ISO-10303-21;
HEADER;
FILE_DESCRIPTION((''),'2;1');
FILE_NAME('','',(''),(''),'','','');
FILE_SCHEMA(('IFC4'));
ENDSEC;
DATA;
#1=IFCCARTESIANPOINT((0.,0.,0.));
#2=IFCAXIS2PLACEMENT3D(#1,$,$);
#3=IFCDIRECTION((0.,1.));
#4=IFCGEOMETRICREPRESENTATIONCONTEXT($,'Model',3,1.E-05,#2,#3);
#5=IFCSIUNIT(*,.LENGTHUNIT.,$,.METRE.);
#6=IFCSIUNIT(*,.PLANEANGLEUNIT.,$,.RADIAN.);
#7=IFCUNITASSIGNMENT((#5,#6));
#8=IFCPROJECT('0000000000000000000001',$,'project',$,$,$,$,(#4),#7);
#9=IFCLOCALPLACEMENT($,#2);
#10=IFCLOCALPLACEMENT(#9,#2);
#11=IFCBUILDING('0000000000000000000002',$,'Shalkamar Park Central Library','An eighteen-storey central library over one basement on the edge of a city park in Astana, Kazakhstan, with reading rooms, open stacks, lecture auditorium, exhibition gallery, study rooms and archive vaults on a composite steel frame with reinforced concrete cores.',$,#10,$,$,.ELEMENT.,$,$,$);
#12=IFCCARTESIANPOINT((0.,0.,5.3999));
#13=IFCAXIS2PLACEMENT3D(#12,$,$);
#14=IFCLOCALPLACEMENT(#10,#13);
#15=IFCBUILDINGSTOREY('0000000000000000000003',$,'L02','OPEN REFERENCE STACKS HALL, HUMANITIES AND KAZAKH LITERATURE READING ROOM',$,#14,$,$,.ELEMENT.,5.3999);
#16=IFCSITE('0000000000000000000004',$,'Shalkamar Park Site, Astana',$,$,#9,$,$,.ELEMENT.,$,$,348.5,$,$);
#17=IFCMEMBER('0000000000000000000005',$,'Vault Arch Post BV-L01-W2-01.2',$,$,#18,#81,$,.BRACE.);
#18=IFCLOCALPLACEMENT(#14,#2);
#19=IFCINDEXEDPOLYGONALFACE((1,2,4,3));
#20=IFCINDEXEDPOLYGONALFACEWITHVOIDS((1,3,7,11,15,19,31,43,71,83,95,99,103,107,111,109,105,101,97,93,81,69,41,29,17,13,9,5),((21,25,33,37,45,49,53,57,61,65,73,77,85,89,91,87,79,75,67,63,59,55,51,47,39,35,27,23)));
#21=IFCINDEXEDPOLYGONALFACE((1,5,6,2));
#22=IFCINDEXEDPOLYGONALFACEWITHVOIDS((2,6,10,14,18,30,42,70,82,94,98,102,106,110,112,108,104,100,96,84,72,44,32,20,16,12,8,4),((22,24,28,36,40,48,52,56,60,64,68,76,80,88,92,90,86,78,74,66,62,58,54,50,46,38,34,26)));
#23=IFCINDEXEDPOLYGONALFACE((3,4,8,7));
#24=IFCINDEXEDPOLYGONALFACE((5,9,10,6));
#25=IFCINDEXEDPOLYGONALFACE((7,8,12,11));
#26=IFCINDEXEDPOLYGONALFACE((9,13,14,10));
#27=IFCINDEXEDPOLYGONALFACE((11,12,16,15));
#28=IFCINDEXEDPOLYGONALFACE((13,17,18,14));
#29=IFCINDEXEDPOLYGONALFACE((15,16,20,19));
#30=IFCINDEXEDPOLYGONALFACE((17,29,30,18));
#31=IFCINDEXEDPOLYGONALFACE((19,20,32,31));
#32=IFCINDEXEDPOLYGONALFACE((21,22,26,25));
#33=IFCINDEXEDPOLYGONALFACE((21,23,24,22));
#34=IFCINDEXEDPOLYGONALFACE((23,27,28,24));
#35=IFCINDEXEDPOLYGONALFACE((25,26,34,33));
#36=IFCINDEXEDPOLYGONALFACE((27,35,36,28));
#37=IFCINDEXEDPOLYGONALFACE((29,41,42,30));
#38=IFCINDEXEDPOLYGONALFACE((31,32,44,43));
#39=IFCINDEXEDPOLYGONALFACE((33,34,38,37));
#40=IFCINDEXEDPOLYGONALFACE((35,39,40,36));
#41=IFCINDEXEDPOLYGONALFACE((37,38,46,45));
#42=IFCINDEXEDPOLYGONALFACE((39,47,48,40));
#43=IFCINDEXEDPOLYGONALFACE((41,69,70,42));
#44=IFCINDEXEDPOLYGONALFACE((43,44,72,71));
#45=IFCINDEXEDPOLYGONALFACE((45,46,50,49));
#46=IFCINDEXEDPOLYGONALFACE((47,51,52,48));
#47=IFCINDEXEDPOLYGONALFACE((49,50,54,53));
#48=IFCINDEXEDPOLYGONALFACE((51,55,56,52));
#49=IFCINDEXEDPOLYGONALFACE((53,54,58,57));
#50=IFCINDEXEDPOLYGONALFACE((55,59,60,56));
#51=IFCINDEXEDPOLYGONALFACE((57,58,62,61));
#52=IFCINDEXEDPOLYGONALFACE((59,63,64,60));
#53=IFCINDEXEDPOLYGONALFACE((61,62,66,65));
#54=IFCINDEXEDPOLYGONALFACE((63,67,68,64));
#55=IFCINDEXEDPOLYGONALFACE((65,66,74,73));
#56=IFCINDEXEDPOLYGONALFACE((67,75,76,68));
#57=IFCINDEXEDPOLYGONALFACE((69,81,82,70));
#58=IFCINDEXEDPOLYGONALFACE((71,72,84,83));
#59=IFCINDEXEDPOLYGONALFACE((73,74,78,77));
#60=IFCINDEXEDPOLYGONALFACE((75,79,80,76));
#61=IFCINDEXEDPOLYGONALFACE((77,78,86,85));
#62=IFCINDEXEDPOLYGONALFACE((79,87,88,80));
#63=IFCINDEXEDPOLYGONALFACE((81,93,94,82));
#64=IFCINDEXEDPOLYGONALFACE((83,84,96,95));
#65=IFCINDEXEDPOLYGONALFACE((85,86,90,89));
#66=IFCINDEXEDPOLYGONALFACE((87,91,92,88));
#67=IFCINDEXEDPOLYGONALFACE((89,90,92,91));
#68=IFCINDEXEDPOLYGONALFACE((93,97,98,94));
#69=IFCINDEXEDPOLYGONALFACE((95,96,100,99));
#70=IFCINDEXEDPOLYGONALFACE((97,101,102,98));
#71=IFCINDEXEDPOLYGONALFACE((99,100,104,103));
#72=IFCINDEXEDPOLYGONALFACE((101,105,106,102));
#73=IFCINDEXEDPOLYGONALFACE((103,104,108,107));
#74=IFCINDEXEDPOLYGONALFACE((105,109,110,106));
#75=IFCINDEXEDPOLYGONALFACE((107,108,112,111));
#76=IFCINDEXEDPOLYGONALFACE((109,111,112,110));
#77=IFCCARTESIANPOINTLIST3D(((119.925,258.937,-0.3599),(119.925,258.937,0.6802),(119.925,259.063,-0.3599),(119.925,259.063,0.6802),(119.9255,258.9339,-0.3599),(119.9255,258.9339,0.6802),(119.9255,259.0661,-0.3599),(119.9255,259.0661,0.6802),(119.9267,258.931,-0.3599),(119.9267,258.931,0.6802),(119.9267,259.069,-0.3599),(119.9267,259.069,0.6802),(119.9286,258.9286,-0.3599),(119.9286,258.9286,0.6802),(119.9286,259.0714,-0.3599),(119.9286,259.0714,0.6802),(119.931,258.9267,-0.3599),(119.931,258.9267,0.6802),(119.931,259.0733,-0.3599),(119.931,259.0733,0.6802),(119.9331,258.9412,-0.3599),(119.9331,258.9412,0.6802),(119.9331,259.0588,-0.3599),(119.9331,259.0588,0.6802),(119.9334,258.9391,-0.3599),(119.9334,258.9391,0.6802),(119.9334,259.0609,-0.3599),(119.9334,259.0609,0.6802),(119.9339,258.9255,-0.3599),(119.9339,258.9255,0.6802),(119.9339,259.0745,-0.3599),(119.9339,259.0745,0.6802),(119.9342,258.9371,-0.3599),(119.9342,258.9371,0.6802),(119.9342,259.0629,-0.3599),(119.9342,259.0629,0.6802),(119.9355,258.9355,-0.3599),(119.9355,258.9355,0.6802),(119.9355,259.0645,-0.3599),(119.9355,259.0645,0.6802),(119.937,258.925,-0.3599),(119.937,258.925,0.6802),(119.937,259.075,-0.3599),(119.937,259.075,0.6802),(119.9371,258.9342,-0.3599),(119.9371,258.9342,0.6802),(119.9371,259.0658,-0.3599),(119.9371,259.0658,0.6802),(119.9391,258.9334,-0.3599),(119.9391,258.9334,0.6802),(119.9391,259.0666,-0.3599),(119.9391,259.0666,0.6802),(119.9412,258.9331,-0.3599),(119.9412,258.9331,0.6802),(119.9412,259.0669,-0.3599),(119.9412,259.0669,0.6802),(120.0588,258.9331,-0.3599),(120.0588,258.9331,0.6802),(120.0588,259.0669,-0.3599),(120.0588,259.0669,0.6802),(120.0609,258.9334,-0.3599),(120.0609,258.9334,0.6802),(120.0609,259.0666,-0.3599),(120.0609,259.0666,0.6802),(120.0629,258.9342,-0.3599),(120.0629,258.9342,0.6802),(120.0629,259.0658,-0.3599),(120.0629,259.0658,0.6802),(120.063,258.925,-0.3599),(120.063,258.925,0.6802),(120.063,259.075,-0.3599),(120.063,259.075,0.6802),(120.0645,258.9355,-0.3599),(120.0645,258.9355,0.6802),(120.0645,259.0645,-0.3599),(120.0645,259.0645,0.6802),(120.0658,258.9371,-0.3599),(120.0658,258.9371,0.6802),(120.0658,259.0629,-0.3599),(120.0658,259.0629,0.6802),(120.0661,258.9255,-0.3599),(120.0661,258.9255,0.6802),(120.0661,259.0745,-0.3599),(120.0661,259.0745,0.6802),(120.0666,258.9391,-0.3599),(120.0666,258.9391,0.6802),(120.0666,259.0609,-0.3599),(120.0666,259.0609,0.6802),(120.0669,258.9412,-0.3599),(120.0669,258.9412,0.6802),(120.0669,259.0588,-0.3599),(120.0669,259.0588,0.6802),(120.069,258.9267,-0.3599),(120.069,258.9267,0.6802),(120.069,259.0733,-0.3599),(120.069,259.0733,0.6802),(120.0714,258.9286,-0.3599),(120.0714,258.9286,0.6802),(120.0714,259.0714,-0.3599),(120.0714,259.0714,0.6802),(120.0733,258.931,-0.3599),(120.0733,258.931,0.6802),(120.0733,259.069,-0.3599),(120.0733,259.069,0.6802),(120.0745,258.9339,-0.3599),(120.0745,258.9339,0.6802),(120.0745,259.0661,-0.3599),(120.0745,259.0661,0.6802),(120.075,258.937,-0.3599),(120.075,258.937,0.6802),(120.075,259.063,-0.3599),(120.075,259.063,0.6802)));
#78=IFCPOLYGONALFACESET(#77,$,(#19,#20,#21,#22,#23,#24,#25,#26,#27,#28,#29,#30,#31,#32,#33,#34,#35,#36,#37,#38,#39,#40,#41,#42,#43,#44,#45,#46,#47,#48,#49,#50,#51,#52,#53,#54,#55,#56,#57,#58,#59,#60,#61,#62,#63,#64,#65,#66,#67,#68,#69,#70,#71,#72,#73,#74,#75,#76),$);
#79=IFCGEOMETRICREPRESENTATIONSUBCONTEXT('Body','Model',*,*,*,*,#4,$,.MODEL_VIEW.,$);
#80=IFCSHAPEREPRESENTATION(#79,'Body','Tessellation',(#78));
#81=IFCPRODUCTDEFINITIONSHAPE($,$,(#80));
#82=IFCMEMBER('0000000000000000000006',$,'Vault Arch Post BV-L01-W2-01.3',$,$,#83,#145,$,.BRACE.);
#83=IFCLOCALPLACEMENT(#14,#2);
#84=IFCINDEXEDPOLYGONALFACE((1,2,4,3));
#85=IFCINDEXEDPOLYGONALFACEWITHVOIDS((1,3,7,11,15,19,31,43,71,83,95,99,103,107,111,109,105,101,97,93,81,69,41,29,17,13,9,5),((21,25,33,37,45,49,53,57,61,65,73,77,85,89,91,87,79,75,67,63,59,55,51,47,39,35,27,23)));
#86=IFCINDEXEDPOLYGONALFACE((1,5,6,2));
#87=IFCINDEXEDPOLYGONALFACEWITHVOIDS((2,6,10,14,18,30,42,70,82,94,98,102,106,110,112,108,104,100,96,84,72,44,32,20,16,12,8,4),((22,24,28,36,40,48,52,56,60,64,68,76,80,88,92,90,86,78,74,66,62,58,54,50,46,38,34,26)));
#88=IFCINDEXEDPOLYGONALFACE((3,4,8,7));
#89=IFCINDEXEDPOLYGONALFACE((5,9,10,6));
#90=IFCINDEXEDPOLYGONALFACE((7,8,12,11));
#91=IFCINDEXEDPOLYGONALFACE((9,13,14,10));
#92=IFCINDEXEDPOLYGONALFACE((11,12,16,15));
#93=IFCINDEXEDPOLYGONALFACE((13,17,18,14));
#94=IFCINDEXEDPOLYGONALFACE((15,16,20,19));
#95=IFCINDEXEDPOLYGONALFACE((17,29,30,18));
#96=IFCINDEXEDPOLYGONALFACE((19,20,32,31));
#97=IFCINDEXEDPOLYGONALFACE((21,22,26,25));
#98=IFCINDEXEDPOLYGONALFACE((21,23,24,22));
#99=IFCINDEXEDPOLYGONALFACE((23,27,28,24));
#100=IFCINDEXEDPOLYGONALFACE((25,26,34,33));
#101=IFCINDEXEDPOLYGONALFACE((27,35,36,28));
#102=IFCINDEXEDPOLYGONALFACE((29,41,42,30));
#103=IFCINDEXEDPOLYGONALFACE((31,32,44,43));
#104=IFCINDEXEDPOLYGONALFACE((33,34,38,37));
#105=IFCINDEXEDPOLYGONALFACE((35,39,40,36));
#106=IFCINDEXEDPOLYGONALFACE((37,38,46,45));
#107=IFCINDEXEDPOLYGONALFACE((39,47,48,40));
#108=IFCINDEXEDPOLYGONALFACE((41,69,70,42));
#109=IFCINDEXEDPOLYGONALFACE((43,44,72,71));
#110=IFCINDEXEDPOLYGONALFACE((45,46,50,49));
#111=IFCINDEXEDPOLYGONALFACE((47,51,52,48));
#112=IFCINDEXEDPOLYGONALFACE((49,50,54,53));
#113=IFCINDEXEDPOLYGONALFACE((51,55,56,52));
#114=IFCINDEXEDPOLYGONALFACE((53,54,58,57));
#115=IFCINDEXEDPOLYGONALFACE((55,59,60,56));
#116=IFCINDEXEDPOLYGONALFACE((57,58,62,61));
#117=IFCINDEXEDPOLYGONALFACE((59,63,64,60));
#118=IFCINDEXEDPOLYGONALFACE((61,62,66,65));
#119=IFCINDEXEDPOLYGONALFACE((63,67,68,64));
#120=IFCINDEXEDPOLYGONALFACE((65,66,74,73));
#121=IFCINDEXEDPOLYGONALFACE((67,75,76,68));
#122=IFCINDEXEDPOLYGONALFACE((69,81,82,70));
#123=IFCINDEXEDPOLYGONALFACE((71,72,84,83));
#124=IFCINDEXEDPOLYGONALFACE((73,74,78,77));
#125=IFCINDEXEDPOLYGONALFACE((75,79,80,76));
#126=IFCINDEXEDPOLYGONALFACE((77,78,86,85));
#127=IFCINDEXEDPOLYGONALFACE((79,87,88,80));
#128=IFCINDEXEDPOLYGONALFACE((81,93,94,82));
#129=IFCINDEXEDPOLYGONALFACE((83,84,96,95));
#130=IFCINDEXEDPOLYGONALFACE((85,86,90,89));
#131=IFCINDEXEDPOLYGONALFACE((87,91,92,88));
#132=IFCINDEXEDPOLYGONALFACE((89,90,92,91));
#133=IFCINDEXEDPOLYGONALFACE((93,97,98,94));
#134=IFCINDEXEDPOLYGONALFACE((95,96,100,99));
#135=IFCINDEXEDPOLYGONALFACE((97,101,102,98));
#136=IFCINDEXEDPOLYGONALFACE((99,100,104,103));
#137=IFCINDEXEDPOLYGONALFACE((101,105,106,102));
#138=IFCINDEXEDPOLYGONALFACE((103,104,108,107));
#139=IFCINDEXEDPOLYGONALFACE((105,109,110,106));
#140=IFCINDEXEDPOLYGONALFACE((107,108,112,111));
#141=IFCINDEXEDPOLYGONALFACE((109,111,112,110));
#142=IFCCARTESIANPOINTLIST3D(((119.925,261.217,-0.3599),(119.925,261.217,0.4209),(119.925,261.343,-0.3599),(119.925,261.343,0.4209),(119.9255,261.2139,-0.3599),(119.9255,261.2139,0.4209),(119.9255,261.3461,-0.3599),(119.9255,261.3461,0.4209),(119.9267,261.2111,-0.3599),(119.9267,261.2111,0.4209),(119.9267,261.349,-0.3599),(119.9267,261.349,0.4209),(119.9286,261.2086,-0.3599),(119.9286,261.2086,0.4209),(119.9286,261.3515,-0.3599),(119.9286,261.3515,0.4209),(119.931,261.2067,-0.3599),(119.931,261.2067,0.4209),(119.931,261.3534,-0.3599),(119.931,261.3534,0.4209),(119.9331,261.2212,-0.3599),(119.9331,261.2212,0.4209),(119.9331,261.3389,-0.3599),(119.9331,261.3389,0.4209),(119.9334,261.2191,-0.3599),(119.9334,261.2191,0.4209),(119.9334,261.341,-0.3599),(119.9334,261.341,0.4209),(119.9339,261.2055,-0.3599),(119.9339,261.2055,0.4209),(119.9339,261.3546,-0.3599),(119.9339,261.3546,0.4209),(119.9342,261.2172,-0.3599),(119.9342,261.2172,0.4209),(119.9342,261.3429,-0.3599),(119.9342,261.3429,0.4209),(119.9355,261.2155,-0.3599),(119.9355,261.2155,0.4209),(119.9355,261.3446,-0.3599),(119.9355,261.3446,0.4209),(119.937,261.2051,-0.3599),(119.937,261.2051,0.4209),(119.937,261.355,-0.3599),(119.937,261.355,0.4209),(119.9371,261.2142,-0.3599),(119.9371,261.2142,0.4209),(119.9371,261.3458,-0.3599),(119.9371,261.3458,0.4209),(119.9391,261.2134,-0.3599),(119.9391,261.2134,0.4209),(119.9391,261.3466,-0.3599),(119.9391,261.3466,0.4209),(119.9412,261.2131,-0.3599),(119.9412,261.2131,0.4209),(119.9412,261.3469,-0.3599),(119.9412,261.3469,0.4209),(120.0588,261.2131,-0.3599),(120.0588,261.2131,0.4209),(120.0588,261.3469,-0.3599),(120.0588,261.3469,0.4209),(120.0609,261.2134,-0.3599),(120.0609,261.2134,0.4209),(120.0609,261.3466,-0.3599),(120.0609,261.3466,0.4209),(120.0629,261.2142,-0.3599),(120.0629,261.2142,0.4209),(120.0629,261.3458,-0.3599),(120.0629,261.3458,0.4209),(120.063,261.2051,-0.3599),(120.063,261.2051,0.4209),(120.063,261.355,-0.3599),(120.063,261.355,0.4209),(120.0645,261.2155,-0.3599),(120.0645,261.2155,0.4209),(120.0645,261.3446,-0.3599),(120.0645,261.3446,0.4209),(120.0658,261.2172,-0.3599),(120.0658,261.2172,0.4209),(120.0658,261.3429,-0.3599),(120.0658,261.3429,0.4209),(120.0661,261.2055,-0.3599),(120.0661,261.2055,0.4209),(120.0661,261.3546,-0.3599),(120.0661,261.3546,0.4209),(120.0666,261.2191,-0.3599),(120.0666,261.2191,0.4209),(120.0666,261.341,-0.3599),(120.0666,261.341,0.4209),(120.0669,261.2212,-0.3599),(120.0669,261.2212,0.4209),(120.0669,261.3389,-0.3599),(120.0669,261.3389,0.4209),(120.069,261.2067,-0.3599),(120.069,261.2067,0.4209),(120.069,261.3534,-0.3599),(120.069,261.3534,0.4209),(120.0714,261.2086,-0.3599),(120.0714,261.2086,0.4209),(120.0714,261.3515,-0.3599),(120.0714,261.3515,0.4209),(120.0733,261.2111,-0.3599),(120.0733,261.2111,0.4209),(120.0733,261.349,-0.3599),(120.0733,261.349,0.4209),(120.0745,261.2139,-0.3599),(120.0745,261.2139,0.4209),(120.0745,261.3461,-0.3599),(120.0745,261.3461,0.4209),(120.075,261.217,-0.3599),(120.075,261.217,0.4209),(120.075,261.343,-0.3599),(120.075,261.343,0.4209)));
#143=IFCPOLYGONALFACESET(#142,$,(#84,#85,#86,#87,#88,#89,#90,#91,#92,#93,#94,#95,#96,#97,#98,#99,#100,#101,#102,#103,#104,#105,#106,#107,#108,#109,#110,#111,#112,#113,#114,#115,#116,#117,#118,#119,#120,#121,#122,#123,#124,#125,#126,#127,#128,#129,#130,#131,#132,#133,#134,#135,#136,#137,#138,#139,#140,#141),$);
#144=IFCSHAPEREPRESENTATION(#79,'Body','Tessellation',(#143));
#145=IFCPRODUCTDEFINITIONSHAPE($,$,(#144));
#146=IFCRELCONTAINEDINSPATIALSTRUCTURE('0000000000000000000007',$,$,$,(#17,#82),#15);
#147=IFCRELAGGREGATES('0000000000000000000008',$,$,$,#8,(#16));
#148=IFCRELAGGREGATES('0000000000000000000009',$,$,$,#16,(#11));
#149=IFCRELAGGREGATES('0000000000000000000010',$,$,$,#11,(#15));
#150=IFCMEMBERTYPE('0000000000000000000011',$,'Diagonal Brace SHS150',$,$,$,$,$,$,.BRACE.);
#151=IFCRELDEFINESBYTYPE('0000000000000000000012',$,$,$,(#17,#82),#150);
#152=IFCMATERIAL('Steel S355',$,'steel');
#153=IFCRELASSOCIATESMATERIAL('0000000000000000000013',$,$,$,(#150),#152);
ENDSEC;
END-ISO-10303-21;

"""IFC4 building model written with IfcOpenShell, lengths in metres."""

from ifc_helpers import new_model, si_unit, direction, frame, origin, origin_2d, place, context, subcontext, project, spatial, hollow_rectangle, extrude, material, material_profile, profile_set, type_object, element, save


model = new_model("IFC4")

# Units and contexts
model_context = context("Model", 3, precision=1e-05, world=origin(), true_north=direction((0.0, 1.0)))
body_context = subcontext(model_context, "Body", "Model", "MODEL_VIEW")
ifc_project = project(units=[si_unit("LENGTHUNIT", "METRE"), si_unit("PLANEANGLEUNIT", "RADIAN")], contexts=[model_context])

# Site, building, storey
site_placement = place(None, origin())
site = spatial("IfcSite", under=ifc_project, at=site_placement, Name="Shalkamar Park Site, Astana", CompositionType="ELEMENT", RefElevation=348.5)
building_placement = place(site_placement, origin())
building = spatial("IfcBuilding", under=site, at=building_placement, Name="Shalkamar Park Central Library", Description="An eighteen-storey central library over one basement on the edge of a city park in Astana, Kazakhstan, with reading rooms, open stacks, lecture auditorium, exhibition gallery, study rooms and archive vaults on a composite steel frame with reinforced concrete cores.", CompositionType="ELEMENT")
storey_placement = place(building_placement, frame((0.0, 0.0, 5.3999)))
storey = spatial("IfcBuildingStorey", under=building, at=storey_placement, Name="L02", Description="OPEN REFERENCE STACKS HALL, HUMANITIES AND KAZAKH LITERATURE READING ROOM", CompositionType="ELEMENT", Elevation=5.3999)

# Members
ifc_material_1 = material(Name="Steel S355", Category="steel")
ifc_material_profile_1 = material_profile(ifc_material_1, hollow_rectangle(XDim=0.1499, YDim=0.1499, WallThickness=0.0081, InnerFilletRadius=0.0081, OuterFilletRadius=0.012, at=origin_2d()), Name="SHS 150x150x8")
ifc_profile_set_1 = profile_set([ifc_material_profile_1], Name="Steel S355")
member_type_1 = type_object("IfcMemberType", Name="Diagonal Brace SHS150", PredefinedType="BRACE", material=ifc_profile_set_1)
member_1_placement = place(storey_placement, frame((120.0, 259.0, -0.3599), z_axis=(0.0, 0.0, 1.0), x_axis=(1.0, 0.0, 0.0)))
element("IfcMember", 1, at=member_1_placement, inside=storey, type_object=member_type_1, Name="Vault Arch Post BV-L01-W2-01.2", PredefinedType="BRACE", context=body_context, shape_type="SweptSolid", body=[
    extrude(hollow_rectangle(XDim=0.1499, YDim=0.1499, WallThickness=0.0081, InnerFilletRadius=0.0081, OuterFilletRadius=0.012, at=origin_2d()), origin(), (0.0, 0.0, 1.0), 1.04),
])
for number, where, z_axis, x_axis, name in (
    (2, (120.0, 261.28, -0.3599), (0.0, 0.0, 1.0), (1.0, 0.0, 0.0), "Vault Arch Post BV-L01-W2-01.3"),
):
    element("IfcMember", number, at=place(storey_placement, frame(where, z_axis=z_axis, x_axis=x_axis)), inside=storey, type_object=member_type_1, Name=name, PredefinedType="BRACE", context=body_context, shape_type="SweptSolid", body=[
        extrude(hollow_rectangle(XDim=0.1499, YDim=0.1499, WallThickness=0.0081, InnerFilletRadius=0.0081, OuterFilletRadius=0.012, at=origin_2d()), origin(), (0.0, 0.0, 1.0), 0.7808),
    ])

save(model, "model.ifc")
